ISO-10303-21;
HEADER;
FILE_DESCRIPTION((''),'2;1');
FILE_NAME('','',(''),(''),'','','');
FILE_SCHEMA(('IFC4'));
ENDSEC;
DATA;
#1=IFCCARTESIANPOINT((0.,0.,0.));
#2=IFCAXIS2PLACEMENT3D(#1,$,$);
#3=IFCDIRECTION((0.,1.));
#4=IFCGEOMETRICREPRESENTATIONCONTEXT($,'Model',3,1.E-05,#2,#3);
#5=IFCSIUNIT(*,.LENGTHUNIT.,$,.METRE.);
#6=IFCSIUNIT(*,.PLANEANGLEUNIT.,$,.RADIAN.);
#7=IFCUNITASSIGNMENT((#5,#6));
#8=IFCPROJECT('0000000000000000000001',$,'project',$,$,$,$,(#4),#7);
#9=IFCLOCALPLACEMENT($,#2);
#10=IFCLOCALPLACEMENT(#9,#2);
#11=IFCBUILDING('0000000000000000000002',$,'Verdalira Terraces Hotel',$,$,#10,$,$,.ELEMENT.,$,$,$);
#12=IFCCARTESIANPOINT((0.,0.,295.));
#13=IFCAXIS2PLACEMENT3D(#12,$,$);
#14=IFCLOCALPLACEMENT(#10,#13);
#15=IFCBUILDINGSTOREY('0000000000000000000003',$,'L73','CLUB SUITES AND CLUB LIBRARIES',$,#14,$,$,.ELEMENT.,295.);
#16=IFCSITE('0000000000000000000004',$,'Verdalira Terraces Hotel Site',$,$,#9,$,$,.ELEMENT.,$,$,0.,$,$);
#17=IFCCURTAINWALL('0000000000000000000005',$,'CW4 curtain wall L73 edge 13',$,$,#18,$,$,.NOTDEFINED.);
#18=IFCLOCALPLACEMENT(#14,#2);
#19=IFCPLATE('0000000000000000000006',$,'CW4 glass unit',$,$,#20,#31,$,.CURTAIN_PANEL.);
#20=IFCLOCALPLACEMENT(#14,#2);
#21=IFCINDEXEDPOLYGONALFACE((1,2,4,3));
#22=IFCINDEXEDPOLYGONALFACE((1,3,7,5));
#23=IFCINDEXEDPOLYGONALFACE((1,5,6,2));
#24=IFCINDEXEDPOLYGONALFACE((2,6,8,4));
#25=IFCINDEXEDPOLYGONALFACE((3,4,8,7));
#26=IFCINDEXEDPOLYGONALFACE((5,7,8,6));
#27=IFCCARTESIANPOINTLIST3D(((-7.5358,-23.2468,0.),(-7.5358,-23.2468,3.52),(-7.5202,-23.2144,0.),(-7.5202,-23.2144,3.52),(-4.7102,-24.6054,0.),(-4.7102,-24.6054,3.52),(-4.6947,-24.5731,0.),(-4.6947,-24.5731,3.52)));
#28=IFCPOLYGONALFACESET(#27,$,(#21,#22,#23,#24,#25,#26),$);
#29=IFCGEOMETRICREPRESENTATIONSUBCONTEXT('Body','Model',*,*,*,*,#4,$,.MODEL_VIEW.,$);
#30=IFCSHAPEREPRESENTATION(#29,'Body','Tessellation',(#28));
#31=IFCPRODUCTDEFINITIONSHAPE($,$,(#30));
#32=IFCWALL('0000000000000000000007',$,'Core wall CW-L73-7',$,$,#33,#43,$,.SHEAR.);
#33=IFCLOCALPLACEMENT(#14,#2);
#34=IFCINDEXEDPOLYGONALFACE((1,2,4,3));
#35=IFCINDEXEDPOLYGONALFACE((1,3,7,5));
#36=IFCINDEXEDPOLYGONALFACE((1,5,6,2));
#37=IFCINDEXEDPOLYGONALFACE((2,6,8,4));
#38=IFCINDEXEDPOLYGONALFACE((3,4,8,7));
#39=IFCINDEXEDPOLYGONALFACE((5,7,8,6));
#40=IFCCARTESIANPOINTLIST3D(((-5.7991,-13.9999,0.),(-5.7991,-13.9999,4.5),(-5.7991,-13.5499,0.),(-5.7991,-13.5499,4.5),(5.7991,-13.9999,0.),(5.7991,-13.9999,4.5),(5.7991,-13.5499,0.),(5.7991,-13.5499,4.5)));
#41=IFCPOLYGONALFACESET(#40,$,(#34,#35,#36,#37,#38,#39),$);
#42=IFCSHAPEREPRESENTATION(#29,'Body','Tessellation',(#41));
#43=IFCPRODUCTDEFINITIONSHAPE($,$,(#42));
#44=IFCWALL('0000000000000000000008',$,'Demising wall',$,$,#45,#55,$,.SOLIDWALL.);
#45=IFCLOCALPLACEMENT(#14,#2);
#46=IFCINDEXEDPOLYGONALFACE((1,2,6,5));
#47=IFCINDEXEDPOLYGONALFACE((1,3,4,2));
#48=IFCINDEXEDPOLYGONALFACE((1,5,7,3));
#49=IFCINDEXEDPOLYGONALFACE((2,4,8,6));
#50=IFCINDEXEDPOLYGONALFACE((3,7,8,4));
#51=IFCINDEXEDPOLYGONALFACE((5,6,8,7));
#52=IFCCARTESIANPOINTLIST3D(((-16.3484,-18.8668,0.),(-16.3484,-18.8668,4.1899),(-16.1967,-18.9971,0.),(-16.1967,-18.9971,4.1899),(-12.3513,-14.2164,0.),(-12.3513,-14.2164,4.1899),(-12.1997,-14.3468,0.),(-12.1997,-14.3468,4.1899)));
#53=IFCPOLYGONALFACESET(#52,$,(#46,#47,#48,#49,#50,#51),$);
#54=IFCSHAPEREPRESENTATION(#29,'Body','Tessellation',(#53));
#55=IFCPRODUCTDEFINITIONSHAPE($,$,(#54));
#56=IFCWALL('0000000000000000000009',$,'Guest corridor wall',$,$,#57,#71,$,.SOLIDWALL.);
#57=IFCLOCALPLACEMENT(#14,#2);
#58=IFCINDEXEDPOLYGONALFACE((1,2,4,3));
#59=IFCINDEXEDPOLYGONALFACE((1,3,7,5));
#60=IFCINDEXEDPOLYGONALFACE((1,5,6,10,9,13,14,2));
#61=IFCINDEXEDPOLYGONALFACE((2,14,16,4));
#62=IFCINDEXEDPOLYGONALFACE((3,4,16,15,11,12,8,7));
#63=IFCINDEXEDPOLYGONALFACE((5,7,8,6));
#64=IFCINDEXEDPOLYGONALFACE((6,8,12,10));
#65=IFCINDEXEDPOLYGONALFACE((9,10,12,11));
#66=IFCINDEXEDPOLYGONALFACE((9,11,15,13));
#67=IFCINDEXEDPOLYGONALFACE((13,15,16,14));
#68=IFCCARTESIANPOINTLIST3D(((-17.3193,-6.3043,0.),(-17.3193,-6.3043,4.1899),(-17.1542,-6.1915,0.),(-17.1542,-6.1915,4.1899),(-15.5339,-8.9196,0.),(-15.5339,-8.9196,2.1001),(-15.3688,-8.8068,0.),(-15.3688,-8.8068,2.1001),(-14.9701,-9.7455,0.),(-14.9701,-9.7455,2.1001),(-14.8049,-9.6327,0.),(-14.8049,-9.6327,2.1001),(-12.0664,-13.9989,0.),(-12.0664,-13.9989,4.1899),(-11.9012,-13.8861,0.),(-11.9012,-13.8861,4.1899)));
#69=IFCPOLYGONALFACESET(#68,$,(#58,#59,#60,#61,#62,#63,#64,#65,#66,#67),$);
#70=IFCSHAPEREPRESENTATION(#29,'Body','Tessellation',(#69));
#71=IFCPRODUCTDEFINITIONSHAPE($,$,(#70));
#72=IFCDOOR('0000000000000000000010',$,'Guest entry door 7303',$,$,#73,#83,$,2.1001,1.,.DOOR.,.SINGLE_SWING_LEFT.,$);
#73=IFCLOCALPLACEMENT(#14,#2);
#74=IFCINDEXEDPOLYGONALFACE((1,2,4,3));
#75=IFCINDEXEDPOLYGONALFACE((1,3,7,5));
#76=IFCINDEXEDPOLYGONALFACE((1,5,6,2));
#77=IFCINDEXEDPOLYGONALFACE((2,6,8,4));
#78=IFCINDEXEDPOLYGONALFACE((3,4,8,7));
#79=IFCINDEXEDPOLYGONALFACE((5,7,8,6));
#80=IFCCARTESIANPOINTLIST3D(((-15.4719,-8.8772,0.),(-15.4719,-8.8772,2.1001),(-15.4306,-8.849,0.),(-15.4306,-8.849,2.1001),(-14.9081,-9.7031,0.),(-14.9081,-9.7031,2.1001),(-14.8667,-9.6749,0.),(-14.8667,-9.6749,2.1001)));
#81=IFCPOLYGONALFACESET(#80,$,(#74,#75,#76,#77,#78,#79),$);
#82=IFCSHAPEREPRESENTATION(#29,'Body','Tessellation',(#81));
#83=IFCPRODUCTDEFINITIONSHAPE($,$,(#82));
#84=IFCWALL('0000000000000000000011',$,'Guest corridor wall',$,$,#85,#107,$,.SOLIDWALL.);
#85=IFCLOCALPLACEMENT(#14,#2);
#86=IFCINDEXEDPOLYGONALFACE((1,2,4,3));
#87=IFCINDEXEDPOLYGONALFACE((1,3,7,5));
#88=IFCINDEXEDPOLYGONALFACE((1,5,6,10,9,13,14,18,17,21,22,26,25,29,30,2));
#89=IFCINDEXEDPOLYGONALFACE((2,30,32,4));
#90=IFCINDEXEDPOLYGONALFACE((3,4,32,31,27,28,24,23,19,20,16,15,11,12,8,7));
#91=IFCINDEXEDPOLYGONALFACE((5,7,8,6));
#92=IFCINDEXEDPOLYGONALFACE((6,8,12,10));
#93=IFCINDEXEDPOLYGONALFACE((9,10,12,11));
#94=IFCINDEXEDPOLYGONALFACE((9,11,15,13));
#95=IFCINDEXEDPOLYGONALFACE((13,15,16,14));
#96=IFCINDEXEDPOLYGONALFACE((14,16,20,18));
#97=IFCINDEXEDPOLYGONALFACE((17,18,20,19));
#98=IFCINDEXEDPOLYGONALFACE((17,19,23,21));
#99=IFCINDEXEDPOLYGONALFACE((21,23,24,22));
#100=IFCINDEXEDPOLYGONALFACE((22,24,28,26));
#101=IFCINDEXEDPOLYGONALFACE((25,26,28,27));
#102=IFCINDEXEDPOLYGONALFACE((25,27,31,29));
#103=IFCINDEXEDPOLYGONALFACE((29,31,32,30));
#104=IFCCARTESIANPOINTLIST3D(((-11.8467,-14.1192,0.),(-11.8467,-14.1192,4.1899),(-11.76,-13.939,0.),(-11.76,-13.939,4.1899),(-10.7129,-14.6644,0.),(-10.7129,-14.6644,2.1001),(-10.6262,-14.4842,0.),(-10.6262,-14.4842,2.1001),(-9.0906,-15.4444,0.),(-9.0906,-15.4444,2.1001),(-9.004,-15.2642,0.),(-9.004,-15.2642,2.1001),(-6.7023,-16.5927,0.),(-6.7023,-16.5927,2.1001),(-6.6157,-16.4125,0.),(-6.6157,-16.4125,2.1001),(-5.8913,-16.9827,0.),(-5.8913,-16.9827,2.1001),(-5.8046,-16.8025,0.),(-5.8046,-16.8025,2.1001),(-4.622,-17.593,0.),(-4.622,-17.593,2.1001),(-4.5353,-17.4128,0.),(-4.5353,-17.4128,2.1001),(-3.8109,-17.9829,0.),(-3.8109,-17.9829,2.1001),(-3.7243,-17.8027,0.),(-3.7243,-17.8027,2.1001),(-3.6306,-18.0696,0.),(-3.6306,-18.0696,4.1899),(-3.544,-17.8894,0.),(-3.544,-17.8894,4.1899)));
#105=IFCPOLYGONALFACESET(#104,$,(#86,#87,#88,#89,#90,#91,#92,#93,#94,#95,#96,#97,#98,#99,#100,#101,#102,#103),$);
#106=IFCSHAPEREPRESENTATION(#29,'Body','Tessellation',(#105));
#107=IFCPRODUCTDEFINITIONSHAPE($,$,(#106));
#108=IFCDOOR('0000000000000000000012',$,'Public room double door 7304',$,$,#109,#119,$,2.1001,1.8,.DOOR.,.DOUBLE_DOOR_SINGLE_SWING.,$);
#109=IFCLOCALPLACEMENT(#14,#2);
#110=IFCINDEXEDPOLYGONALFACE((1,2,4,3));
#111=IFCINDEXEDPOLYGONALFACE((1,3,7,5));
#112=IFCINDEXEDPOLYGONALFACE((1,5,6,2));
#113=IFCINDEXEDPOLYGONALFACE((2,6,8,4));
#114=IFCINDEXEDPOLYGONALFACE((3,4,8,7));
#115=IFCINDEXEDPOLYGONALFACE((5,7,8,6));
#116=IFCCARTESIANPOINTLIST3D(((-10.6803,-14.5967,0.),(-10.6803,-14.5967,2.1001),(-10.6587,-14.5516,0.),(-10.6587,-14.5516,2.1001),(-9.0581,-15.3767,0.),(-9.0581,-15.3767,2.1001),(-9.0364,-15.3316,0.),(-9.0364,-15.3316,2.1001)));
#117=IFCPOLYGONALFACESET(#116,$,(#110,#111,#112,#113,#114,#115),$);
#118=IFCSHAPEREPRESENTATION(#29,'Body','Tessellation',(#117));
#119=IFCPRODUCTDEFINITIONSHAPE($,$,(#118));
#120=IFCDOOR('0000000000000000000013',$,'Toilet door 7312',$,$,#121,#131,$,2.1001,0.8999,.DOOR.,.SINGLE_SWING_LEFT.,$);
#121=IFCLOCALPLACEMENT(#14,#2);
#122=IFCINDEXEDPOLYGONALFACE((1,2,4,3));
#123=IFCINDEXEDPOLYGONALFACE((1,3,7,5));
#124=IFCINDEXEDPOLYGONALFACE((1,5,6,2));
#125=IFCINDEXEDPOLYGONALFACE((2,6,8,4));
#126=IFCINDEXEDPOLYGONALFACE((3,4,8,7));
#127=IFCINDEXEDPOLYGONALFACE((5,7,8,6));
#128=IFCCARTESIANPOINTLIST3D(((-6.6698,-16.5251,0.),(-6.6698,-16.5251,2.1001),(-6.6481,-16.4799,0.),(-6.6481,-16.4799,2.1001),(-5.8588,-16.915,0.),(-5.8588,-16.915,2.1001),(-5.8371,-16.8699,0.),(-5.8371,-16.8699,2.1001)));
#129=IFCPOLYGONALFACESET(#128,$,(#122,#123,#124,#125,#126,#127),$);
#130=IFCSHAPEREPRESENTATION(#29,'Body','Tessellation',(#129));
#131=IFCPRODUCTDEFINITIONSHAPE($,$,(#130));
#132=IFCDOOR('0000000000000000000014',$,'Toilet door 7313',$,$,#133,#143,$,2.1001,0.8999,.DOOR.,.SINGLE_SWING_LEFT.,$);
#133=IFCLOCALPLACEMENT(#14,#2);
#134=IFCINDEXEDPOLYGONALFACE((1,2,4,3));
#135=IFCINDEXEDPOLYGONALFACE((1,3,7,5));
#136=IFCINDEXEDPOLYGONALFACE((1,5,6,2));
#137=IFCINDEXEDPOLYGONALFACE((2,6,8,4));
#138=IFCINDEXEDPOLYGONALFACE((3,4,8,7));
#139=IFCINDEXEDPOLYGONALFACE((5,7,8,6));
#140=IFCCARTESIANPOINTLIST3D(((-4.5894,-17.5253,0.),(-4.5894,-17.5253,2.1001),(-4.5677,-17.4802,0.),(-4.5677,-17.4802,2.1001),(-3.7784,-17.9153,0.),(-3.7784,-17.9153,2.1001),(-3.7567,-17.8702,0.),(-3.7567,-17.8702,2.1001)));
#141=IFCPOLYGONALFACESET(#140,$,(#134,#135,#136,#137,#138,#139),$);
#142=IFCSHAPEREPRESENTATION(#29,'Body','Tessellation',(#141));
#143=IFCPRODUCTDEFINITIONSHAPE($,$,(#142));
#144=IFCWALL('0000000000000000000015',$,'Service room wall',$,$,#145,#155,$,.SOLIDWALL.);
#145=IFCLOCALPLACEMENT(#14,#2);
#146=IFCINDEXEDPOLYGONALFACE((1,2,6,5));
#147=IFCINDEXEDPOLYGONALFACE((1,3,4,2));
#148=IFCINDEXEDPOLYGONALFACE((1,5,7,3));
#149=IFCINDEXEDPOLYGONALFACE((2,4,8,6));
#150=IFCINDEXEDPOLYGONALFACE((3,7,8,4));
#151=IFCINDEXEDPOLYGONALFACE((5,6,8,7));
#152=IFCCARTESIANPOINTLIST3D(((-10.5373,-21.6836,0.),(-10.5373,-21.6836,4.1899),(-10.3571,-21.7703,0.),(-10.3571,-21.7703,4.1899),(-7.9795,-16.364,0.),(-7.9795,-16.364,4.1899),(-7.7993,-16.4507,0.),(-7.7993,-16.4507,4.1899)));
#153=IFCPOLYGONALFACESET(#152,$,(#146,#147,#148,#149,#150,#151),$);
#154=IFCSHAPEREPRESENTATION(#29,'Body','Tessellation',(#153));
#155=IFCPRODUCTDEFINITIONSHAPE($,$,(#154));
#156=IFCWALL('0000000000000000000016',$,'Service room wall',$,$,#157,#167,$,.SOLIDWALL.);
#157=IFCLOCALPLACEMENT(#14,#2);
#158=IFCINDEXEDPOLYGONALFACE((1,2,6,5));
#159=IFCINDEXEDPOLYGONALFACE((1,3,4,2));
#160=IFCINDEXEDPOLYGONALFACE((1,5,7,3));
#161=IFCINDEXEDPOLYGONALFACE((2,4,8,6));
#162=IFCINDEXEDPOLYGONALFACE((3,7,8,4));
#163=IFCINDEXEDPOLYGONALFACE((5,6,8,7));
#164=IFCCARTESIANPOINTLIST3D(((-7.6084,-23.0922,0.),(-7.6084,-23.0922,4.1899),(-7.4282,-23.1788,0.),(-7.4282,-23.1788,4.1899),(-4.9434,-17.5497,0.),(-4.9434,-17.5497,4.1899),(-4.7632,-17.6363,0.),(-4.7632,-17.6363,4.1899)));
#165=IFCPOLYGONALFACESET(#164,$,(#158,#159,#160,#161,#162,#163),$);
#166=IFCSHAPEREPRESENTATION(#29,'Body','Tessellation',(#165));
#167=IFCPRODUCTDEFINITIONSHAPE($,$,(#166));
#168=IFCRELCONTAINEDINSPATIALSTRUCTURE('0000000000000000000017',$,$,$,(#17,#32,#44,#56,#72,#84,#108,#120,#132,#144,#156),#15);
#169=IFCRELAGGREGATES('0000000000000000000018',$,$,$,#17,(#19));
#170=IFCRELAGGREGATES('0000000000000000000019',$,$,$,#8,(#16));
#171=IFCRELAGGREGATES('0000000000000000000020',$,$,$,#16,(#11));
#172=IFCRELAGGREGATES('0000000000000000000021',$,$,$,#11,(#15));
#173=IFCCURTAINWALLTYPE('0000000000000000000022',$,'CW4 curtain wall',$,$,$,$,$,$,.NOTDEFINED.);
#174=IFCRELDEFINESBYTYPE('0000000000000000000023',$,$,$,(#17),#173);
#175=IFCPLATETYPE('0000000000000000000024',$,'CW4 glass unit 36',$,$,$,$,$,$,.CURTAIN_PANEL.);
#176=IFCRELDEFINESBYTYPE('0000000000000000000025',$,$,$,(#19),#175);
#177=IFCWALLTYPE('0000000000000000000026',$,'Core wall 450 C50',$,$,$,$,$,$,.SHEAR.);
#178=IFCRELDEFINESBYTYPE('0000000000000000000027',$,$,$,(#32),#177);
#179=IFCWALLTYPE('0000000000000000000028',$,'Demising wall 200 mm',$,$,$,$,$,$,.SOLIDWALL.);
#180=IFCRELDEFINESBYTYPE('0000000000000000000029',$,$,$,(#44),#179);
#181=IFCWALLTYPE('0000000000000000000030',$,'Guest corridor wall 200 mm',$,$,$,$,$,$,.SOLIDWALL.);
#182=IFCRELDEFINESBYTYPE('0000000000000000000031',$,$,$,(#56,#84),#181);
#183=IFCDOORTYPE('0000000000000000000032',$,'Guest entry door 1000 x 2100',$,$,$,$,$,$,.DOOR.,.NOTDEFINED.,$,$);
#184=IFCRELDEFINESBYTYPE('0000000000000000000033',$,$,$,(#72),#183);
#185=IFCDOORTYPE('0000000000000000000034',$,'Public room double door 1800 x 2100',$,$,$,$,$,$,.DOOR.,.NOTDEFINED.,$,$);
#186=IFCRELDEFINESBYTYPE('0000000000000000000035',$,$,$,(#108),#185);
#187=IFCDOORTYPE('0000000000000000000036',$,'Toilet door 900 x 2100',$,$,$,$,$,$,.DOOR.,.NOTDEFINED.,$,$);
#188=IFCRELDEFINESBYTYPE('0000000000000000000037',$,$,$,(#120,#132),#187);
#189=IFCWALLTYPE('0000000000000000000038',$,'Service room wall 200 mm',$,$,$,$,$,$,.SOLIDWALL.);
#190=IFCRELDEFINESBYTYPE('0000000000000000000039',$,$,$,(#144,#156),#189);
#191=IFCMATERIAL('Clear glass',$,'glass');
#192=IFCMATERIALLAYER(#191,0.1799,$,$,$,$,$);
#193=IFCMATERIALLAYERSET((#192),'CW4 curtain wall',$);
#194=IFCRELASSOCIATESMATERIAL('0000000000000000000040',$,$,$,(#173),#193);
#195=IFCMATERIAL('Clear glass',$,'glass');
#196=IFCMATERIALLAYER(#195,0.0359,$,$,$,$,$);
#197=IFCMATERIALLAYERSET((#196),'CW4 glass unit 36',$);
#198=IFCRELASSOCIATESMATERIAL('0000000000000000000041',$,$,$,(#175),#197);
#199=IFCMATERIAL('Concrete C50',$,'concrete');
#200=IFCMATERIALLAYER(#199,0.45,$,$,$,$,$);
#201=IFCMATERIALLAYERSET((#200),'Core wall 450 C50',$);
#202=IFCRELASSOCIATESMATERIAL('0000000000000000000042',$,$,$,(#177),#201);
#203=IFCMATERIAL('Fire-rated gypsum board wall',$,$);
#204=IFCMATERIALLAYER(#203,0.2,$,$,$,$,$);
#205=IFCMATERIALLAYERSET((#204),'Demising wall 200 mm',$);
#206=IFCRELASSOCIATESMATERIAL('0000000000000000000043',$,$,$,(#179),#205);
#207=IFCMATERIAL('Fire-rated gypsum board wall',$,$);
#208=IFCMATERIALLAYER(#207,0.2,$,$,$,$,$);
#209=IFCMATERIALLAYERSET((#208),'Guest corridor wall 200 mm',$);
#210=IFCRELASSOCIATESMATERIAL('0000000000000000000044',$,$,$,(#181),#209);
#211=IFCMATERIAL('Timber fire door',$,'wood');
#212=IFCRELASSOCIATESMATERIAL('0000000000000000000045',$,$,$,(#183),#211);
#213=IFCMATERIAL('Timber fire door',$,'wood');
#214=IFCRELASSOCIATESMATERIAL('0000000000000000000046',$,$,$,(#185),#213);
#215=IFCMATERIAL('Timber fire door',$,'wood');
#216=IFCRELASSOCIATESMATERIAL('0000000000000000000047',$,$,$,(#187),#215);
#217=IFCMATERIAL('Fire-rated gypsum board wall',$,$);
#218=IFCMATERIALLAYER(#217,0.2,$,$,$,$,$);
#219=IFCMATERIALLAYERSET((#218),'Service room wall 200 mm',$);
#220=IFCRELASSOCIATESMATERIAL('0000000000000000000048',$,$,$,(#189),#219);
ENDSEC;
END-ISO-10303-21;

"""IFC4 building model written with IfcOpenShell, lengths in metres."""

from ifc_helpers import new_model, si_unit, direction, frame, frame_2d, origin, origin_2d, place, context, subcontext, project, spatial, rectangle, extrude, material, layer, layer_set, type_object, element, fill, aggregate, save


model = new_model("IFC4")

# Units and contexts
model_context = context("Model", 3, precision=1e-05, world=origin(), true_north=direction((0.0, 1.0)))
body_context = subcontext(model_context, "Body", "Model", "MODEL_VIEW")
ifc_project = project(units=[si_unit("LENGTHUNIT", "METRE"), si_unit("PLANEANGLEUNIT", "RADIAN")], contexts=[model_context])

# Site, building, storey
site_placement = place(None, origin())
site = spatial("IfcSite", under=ifc_project, at=site_placement, Name="Verdalira Terraces Hotel Site", CompositionType="ELEMENT", RefElevation=0.0)
building_placement = place(site_placement, origin())
building = spatial("IfcBuilding", under=site, at=building_placement, Name="Verdalira Terraces Hotel", CompositionType="ELEMENT")
storey_placement = place(building_placement, frame((0.0, 0.0, 295.0)))
storey = spatial("IfcBuildingStorey", under=building, at=storey_placement, Name="L73", Description="CLUB SUITES AND CLUB LIBRARIES", CompositionType="ELEMENT", Elevation=295.0)

# Shared definitions
ifc_material_1 = material(Name="Clear glass", Category="glass")
ifc_layer_1 = layer(ifc_material_1, 0.1799)
ifc_layer_set_1 = layer_set([ifc_layer_1], Name="CW4 curtain wall")
curtain_wall_type = type_object("IfcCurtainWallType", Name="CW4 curtain wall", PredefinedType="NOTDEFINED", material=ifc_layer_set_1)

# Curtain wall
curtain_wall_1_placement = place(storey_placement, origin())
curtain_wall_1 = element("IfcCurtainWall", 1, at=curtain_wall_1_placement, inside=storey, type_object=curtain_wall_type, Name="CW4 curtain wall L73 edge 13", PredefinedType="NOTDEFINED")

# Plate
ifc_material_2 = material(Name="Clear glass", Category="glass")
ifc_layer_2 = layer(ifc_material_2, 0.0359)
ifc_layer_set_2 = layer_set([ifc_layer_2], Name="CW4 glass unit 36")
plate_type = type_object("IfcPlateType", Name="CW4 glass unit 36", PredefinedType="CURTAIN_PANEL", material=ifc_layer_set_2)
plate_1_placement = place(storey_placement, frame((-6.1152, -23.9099, 0.0), z_axis=(0.0, 0.0, 1.0), x_axis=(0.901228, -0.433345, 0.0)))
plate_1 = element("IfcPlate", 2, at=plate_1_placement, type_object=plate_type, Name="CW4 glass unit", PredefinedType="CURTAIN_PANEL", context=body_context, shape_type="SweptSolid", body=[
    extrude(rectangle(XDim=3.1353, YDim=0.0359, at=origin_2d()), origin(), (0.0, 0.0, 1.0), 3.52),
])
aggregate(curtain_wall_1, [plate_1])

# Walls
ifc_material_3 = material(Name="Concrete C50", Category="concrete")
ifc_layer_3 = layer(ifc_material_3, 0.45)
ifc_layer_set_3 = layer_set([ifc_layer_3], Name="Core wall 450 C50")
wall_type_1 = type_object("IfcWallType", Name="Core wall 450 C50", PredefinedType="SHEAR", material=ifc_layer_set_3)
wall_1_placement = place(storey_placement, frame((-5.7991, -13.7749, 0.0), z_axis=(0.0, 0.0, 1.0), x_axis=(1.0, 0.0, 0.0)))
element("IfcWall", 3, at=wall_1_placement, inside=storey, type_object=wall_type_1, Name="Core wall CW-L73-7", PredefinedType="SHEAR", context=body_context, shape_type="SweptSolid", body=[
    extrude(rectangle(XDim=11.5981, YDim=0.45, at=frame_2d((5.7991, 0.0))), origin(), (0.0, 0.0, 1.0), 4.5),
])
ifc_material_4 = material(Name="Fire-rated gypsum board wall")
ifc_layer_4 = layer(ifc_material_4, 0.2)
ifc_layer_set_4 = layer_set([ifc_layer_4], Name="Demising wall 200 mm")
wall_type_2 = type_object("IfcWallType", Name="Demising wall 200 mm", PredefinedType="SOLIDWALL", material=ifc_layer_set_4)
wall_2_placement = place(storey_placement, frame((-16.2725, -18.9319, 0.0), z_axis=(0.0, 0.0, 1.0), x_axis=(0.651827, 0.758368, 0.0)))
element("IfcWall", 4, at=wall_2_placement, inside=storey, type_object=wall_type_2, Name="Demising wall", PredefinedType="SOLIDWALL", context=body_context, shape_type="SweptSolid", body=[
    extrude(rectangle(XDim=6.1321, YDim=0.2, at=frame_2d((3.0659, 0.0))), origin(), (0.0, 0.0, 1.0), 4.1899),
])

# Wall, opening, door
ifc_material_5 = material(Name="Fire-rated gypsum board wall")
ifc_layer_5 = layer(ifc_material_5, 0.2)
ifc_layer_set_5 = layer_set([ifc_layer_5], Name="Guest corridor wall 200 mm")
wall_type_3 = type_object("IfcWallType", Name="Guest corridor wall 200 mm", PredefinedType="SOLIDWALL", material=ifc_layer_set_5)
wall_3_placement = place(storey_placement, frame((-11.9839, -13.9424, 0.0), z_axis=(0.0, 0.0, 1.0), x_axis=(-0.563822, 0.825896, 0.0)))
wall_3 = element("IfcWall", 5, at=wall_3_placement, inside=storey, type_object=wall_type_3, Name="Guest corridor wall", PredefinedType="SOLIDWALL", context=body_context, shape_type="SweptSolid", body=[
    extrude(rectangle(XDim=9.3166, YDim=0.2, at=frame_2d((4.6582, 0.0))), origin(), (0.0, 0.0, 1.0), 4.1899),
])
opening_1_placement = place(wall_3_placement, frame((5.1499, 0.0, 0.0)))
opening_1 = element("IfcOpeningElement", 6, at=opening_1_placement, cuts=wall_3, PredefinedType="OPENING", context=body_context, shape_type="SweptSolid", body=[
    extrude(rectangle(XDim=1.0, YDim=2.1001, at=frame_2d((0.5, 1.05))), frame((0.0, 0.1099, 0.0), z_axis=(0.0, -1.0, 0.0), x_axis=(1.0, 0.0, 0.0)), (0.0, 0.0, 1.0), 0.22),
])
ifc_material_6 = material(Name="Timber fire door", Category="wood")
door_type_1 = type_object("IfcDoorType", Name="Guest entry door 1000 x 2100", OperationType="NOTDEFINED", PredefinedType="DOOR", material=ifc_material_6)
door_1_placement = place(opening_1_placement, origin())
door_1 = element("IfcDoor", 7, at=door_1_placement, inside=storey, type_object=door_type_1, Name="Guest entry door 7303", OperationType="SINGLE_SWING_LEFT", OverallHeight=2.1001, OverallWidth=1.0, PredefinedType="DOOR", context=body_context, shape_type="SweptSolid", body=[
    extrude(rectangle(XDim=1.0, YDim=2.1001, at=frame_2d((0.5, 1.05))), frame((0.0, 0.0249, 0.0), z_axis=(0.0, -1.0, 0.0), x_axis=(1.0, 0.0, 0.0)), (0.0, 0.0, 1.0), 0.05),
])
fill(opening_1, door_1)

# Wall, openings, doors
wall_4_placement = place(storey_placement, frame((-3.5874, -17.9795, 0.0), z_axis=(0.0, 0.0, 1.0), x_axis=(-0.901235, 0.433331, 0.0)))
wall_4 = element("IfcWall", 8, at=wall_4_placement, inside=storey, type_object=wall_type_3, Name="Guest corridor wall", PredefinedType="SOLIDWALL", context=body_context, shape_type="SweptSolid", body=[
    extrude(rectangle(XDim=9.1165, YDim=0.2, at=frame_2d((4.5581, 0.0))), origin(), (0.0, 0.0, 1.0), 4.1899),
])
opening_2_placement = place(wall_4_placement, frame((6.0583, 0.0, 0.0)))
opening_2 = element("IfcOpeningElement", 9, at=opening_2_placement, cuts=wall_4, PredefinedType="OPENING", context=body_context, shape_type="SweptSolid", body=[
    extrude(rectangle(XDim=1.8, YDim=2.1001, at=frame_2d((0.8999, 1.05))), frame((0.0, 0.1099, 0.0), z_axis=(0.0, -1.0, 0.0), x_axis=(1.0, 0.0, 0.0)), (0.0, 0.0, 1.0), 0.22),
])
opening_3_placement = place(wall_4_placement, frame((2.5083, 0.0, 0.0)))
opening_3 = element("IfcOpeningElement", 10, at=opening_3_placement, cuts=wall_4, PredefinedType="OPENING", context=body_context, shape_type="SweptSolid", body=[
    extrude(rectangle(XDim=0.8999, YDim=2.1001, at=frame_2d((0.45, 1.05))), frame((0.0, 0.1099, 0.0), z_axis=(0.0, -1.0, 0.0), x_axis=(1.0, 0.0, 0.0)), (0.0, 0.0, 1.0), 0.22),
])
opening_4_placement = place(wall_4_placement, frame((0.2, 0.0, 0.0)))
opening_4 = element("IfcOpeningElement", 11, at=opening_4_placement, cuts=wall_4, PredefinedType="OPENING", context=body_context, shape_type="SweptSolid", body=[
    extrude(rectangle(XDim=0.8999, YDim=2.1001, at=frame_2d((0.45, 1.05))), frame((0.0, 0.1099, 0.0), z_axis=(0.0, -1.0, 0.0), x_axis=(1.0, 0.0, 0.0)), (0.0, 0.0, 1.0), 0.22),
])
ifc_material_7 = material(Name="Timber fire door", Category="wood")
door_type_2 = type_object("IfcDoorType", Name="Public room double door 1800 x 2100", OperationType="NOTDEFINED", PredefinedType="DOOR", material=ifc_material_7)
door_2_placement = place(opening_2_placement, origin())
door_2 = element("IfcDoor", 12, at=door_2_placement, inside=storey, type_object=door_type_2, Name="Public room double door 7304", OperationType="DOUBLE_DOOR_SINGLE_SWING", OverallHeight=2.1001, OverallWidth=1.8, PredefinedType="DOOR", context=body_context, shape_type="SweptSolid", body=[
    extrude(rectangle(XDim=1.8, YDim=2.1001, at=frame_2d((0.8999, 1.05))), frame((0.0, 0.0249, 0.0), z_axis=(0.0, -1.0, 0.0), x_axis=(1.0, 0.0, 0.0)), (0.0, 0.0, 1.0), 0.05),
])
fill(opening_2, door_2)
ifc_material_8 = material(Name="Timber fire door", Category="wood")
door_type_3 = type_object("IfcDoorType", Name="Toilet door 900 x 2100", OperationType="NOTDEFINED", PredefinedType="DOOR", material=ifc_material_8)
door_3_placement = place(opening_3_placement, origin())
door_3 = element("IfcDoor", 13, at=door_3_placement, inside=storey, type_object=door_type_3, Name="Toilet door 7312", OperationType="SINGLE_SWING_LEFT", OverallHeight=2.1001, OverallWidth=0.8999, PredefinedType="DOOR", context=body_context, shape_type="SweptSolid", body=[
    extrude(rectangle(XDim=0.8999, YDim=2.1001, at=frame_2d((0.45, 1.05))), frame((0.0, 0.0249, 0.0), z_axis=(0.0, -1.0, 0.0), x_axis=(1.0, 0.0, 0.0)), (0.0, 0.0, 1.0), 0.05),
])
fill(opening_3, door_3)
door_4_placement = place(opening_4_placement, origin())
door_4 = element("IfcDoor", 14, at=door_4_placement, inside=storey, type_object=door_type_3, Name="Toilet door 7313", OperationType="SINGLE_SWING_LEFT", OverallHeight=2.1001, OverallWidth=0.8999, PredefinedType="DOOR", context=body_context, shape_type="SweptSolid", body=[
    extrude(rectangle(XDim=0.8999, YDim=2.1001, at=frame_2d((0.45, 1.05))), frame((0.0, 0.0249, 0.0), z_axis=(0.0, -1.0, 0.0), x_axis=(1.0, 0.0, 0.0)), (0.0, 0.0, 1.0), 0.05),
])
fill(opening_4, door_4)

# Walls
ifc_material_9 = material(Name="Fire-rated gypsum board wall")
ifc_layer_6 = layer(ifc_material_9, 0.2)
ifc_layer_set_6 = layer_set([ifc_layer_6], Name="Service room wall 200 mm")
wall_type_4 = type_object("IfcWallType", Name="Service room wall 200 mm", PredefinedType="SOLIDWALL", material=ifc_layer_set_6)
wall_5_placement = place(storey_placement, frame((-7.8894, -16.4075, 0.0), z_axis=(0.0, 0.0, 1.0), x_axis=(-0.433345, -0.901228, 0.0)))
element("IfcWall", 15, at=wall_5_placement, inside=storey, type_object=wall_type_4, Name="Service room wall", PredefinedType="SOLIDWALL", context=body_context, shape_type="SweptSolid", body=[
    extrude(rectangle(XDim=5.9026, YDim=0.2, at=frame_2d((2.9512, 0.0))), origin(), (0.0, 0.0, 1.0), 4.1899),
])
wall_6_placement = place(storey_placement, frame((-4.8533, -17.593, 0.0), z_axis=(0.0, 0.0, 1.0), x_axis=(-0.433345, -0.901228, 0.0)))
element("IfcWall", 16, at=wall_6_placement, inside=storey, type_object=wall_type_4, Name="Service room wall", PredefinedType="SOLIDWALL", context=body_context, shape_type="SweptSolid", body=[
    extrude(rectangle(XDim=6.1499, YDim=0.2, at=frame_2d((3.075, 0.0))), origin(), (0.0, 0.0, 1.0), 4.1899),
])

save(model, "model.ifc")
